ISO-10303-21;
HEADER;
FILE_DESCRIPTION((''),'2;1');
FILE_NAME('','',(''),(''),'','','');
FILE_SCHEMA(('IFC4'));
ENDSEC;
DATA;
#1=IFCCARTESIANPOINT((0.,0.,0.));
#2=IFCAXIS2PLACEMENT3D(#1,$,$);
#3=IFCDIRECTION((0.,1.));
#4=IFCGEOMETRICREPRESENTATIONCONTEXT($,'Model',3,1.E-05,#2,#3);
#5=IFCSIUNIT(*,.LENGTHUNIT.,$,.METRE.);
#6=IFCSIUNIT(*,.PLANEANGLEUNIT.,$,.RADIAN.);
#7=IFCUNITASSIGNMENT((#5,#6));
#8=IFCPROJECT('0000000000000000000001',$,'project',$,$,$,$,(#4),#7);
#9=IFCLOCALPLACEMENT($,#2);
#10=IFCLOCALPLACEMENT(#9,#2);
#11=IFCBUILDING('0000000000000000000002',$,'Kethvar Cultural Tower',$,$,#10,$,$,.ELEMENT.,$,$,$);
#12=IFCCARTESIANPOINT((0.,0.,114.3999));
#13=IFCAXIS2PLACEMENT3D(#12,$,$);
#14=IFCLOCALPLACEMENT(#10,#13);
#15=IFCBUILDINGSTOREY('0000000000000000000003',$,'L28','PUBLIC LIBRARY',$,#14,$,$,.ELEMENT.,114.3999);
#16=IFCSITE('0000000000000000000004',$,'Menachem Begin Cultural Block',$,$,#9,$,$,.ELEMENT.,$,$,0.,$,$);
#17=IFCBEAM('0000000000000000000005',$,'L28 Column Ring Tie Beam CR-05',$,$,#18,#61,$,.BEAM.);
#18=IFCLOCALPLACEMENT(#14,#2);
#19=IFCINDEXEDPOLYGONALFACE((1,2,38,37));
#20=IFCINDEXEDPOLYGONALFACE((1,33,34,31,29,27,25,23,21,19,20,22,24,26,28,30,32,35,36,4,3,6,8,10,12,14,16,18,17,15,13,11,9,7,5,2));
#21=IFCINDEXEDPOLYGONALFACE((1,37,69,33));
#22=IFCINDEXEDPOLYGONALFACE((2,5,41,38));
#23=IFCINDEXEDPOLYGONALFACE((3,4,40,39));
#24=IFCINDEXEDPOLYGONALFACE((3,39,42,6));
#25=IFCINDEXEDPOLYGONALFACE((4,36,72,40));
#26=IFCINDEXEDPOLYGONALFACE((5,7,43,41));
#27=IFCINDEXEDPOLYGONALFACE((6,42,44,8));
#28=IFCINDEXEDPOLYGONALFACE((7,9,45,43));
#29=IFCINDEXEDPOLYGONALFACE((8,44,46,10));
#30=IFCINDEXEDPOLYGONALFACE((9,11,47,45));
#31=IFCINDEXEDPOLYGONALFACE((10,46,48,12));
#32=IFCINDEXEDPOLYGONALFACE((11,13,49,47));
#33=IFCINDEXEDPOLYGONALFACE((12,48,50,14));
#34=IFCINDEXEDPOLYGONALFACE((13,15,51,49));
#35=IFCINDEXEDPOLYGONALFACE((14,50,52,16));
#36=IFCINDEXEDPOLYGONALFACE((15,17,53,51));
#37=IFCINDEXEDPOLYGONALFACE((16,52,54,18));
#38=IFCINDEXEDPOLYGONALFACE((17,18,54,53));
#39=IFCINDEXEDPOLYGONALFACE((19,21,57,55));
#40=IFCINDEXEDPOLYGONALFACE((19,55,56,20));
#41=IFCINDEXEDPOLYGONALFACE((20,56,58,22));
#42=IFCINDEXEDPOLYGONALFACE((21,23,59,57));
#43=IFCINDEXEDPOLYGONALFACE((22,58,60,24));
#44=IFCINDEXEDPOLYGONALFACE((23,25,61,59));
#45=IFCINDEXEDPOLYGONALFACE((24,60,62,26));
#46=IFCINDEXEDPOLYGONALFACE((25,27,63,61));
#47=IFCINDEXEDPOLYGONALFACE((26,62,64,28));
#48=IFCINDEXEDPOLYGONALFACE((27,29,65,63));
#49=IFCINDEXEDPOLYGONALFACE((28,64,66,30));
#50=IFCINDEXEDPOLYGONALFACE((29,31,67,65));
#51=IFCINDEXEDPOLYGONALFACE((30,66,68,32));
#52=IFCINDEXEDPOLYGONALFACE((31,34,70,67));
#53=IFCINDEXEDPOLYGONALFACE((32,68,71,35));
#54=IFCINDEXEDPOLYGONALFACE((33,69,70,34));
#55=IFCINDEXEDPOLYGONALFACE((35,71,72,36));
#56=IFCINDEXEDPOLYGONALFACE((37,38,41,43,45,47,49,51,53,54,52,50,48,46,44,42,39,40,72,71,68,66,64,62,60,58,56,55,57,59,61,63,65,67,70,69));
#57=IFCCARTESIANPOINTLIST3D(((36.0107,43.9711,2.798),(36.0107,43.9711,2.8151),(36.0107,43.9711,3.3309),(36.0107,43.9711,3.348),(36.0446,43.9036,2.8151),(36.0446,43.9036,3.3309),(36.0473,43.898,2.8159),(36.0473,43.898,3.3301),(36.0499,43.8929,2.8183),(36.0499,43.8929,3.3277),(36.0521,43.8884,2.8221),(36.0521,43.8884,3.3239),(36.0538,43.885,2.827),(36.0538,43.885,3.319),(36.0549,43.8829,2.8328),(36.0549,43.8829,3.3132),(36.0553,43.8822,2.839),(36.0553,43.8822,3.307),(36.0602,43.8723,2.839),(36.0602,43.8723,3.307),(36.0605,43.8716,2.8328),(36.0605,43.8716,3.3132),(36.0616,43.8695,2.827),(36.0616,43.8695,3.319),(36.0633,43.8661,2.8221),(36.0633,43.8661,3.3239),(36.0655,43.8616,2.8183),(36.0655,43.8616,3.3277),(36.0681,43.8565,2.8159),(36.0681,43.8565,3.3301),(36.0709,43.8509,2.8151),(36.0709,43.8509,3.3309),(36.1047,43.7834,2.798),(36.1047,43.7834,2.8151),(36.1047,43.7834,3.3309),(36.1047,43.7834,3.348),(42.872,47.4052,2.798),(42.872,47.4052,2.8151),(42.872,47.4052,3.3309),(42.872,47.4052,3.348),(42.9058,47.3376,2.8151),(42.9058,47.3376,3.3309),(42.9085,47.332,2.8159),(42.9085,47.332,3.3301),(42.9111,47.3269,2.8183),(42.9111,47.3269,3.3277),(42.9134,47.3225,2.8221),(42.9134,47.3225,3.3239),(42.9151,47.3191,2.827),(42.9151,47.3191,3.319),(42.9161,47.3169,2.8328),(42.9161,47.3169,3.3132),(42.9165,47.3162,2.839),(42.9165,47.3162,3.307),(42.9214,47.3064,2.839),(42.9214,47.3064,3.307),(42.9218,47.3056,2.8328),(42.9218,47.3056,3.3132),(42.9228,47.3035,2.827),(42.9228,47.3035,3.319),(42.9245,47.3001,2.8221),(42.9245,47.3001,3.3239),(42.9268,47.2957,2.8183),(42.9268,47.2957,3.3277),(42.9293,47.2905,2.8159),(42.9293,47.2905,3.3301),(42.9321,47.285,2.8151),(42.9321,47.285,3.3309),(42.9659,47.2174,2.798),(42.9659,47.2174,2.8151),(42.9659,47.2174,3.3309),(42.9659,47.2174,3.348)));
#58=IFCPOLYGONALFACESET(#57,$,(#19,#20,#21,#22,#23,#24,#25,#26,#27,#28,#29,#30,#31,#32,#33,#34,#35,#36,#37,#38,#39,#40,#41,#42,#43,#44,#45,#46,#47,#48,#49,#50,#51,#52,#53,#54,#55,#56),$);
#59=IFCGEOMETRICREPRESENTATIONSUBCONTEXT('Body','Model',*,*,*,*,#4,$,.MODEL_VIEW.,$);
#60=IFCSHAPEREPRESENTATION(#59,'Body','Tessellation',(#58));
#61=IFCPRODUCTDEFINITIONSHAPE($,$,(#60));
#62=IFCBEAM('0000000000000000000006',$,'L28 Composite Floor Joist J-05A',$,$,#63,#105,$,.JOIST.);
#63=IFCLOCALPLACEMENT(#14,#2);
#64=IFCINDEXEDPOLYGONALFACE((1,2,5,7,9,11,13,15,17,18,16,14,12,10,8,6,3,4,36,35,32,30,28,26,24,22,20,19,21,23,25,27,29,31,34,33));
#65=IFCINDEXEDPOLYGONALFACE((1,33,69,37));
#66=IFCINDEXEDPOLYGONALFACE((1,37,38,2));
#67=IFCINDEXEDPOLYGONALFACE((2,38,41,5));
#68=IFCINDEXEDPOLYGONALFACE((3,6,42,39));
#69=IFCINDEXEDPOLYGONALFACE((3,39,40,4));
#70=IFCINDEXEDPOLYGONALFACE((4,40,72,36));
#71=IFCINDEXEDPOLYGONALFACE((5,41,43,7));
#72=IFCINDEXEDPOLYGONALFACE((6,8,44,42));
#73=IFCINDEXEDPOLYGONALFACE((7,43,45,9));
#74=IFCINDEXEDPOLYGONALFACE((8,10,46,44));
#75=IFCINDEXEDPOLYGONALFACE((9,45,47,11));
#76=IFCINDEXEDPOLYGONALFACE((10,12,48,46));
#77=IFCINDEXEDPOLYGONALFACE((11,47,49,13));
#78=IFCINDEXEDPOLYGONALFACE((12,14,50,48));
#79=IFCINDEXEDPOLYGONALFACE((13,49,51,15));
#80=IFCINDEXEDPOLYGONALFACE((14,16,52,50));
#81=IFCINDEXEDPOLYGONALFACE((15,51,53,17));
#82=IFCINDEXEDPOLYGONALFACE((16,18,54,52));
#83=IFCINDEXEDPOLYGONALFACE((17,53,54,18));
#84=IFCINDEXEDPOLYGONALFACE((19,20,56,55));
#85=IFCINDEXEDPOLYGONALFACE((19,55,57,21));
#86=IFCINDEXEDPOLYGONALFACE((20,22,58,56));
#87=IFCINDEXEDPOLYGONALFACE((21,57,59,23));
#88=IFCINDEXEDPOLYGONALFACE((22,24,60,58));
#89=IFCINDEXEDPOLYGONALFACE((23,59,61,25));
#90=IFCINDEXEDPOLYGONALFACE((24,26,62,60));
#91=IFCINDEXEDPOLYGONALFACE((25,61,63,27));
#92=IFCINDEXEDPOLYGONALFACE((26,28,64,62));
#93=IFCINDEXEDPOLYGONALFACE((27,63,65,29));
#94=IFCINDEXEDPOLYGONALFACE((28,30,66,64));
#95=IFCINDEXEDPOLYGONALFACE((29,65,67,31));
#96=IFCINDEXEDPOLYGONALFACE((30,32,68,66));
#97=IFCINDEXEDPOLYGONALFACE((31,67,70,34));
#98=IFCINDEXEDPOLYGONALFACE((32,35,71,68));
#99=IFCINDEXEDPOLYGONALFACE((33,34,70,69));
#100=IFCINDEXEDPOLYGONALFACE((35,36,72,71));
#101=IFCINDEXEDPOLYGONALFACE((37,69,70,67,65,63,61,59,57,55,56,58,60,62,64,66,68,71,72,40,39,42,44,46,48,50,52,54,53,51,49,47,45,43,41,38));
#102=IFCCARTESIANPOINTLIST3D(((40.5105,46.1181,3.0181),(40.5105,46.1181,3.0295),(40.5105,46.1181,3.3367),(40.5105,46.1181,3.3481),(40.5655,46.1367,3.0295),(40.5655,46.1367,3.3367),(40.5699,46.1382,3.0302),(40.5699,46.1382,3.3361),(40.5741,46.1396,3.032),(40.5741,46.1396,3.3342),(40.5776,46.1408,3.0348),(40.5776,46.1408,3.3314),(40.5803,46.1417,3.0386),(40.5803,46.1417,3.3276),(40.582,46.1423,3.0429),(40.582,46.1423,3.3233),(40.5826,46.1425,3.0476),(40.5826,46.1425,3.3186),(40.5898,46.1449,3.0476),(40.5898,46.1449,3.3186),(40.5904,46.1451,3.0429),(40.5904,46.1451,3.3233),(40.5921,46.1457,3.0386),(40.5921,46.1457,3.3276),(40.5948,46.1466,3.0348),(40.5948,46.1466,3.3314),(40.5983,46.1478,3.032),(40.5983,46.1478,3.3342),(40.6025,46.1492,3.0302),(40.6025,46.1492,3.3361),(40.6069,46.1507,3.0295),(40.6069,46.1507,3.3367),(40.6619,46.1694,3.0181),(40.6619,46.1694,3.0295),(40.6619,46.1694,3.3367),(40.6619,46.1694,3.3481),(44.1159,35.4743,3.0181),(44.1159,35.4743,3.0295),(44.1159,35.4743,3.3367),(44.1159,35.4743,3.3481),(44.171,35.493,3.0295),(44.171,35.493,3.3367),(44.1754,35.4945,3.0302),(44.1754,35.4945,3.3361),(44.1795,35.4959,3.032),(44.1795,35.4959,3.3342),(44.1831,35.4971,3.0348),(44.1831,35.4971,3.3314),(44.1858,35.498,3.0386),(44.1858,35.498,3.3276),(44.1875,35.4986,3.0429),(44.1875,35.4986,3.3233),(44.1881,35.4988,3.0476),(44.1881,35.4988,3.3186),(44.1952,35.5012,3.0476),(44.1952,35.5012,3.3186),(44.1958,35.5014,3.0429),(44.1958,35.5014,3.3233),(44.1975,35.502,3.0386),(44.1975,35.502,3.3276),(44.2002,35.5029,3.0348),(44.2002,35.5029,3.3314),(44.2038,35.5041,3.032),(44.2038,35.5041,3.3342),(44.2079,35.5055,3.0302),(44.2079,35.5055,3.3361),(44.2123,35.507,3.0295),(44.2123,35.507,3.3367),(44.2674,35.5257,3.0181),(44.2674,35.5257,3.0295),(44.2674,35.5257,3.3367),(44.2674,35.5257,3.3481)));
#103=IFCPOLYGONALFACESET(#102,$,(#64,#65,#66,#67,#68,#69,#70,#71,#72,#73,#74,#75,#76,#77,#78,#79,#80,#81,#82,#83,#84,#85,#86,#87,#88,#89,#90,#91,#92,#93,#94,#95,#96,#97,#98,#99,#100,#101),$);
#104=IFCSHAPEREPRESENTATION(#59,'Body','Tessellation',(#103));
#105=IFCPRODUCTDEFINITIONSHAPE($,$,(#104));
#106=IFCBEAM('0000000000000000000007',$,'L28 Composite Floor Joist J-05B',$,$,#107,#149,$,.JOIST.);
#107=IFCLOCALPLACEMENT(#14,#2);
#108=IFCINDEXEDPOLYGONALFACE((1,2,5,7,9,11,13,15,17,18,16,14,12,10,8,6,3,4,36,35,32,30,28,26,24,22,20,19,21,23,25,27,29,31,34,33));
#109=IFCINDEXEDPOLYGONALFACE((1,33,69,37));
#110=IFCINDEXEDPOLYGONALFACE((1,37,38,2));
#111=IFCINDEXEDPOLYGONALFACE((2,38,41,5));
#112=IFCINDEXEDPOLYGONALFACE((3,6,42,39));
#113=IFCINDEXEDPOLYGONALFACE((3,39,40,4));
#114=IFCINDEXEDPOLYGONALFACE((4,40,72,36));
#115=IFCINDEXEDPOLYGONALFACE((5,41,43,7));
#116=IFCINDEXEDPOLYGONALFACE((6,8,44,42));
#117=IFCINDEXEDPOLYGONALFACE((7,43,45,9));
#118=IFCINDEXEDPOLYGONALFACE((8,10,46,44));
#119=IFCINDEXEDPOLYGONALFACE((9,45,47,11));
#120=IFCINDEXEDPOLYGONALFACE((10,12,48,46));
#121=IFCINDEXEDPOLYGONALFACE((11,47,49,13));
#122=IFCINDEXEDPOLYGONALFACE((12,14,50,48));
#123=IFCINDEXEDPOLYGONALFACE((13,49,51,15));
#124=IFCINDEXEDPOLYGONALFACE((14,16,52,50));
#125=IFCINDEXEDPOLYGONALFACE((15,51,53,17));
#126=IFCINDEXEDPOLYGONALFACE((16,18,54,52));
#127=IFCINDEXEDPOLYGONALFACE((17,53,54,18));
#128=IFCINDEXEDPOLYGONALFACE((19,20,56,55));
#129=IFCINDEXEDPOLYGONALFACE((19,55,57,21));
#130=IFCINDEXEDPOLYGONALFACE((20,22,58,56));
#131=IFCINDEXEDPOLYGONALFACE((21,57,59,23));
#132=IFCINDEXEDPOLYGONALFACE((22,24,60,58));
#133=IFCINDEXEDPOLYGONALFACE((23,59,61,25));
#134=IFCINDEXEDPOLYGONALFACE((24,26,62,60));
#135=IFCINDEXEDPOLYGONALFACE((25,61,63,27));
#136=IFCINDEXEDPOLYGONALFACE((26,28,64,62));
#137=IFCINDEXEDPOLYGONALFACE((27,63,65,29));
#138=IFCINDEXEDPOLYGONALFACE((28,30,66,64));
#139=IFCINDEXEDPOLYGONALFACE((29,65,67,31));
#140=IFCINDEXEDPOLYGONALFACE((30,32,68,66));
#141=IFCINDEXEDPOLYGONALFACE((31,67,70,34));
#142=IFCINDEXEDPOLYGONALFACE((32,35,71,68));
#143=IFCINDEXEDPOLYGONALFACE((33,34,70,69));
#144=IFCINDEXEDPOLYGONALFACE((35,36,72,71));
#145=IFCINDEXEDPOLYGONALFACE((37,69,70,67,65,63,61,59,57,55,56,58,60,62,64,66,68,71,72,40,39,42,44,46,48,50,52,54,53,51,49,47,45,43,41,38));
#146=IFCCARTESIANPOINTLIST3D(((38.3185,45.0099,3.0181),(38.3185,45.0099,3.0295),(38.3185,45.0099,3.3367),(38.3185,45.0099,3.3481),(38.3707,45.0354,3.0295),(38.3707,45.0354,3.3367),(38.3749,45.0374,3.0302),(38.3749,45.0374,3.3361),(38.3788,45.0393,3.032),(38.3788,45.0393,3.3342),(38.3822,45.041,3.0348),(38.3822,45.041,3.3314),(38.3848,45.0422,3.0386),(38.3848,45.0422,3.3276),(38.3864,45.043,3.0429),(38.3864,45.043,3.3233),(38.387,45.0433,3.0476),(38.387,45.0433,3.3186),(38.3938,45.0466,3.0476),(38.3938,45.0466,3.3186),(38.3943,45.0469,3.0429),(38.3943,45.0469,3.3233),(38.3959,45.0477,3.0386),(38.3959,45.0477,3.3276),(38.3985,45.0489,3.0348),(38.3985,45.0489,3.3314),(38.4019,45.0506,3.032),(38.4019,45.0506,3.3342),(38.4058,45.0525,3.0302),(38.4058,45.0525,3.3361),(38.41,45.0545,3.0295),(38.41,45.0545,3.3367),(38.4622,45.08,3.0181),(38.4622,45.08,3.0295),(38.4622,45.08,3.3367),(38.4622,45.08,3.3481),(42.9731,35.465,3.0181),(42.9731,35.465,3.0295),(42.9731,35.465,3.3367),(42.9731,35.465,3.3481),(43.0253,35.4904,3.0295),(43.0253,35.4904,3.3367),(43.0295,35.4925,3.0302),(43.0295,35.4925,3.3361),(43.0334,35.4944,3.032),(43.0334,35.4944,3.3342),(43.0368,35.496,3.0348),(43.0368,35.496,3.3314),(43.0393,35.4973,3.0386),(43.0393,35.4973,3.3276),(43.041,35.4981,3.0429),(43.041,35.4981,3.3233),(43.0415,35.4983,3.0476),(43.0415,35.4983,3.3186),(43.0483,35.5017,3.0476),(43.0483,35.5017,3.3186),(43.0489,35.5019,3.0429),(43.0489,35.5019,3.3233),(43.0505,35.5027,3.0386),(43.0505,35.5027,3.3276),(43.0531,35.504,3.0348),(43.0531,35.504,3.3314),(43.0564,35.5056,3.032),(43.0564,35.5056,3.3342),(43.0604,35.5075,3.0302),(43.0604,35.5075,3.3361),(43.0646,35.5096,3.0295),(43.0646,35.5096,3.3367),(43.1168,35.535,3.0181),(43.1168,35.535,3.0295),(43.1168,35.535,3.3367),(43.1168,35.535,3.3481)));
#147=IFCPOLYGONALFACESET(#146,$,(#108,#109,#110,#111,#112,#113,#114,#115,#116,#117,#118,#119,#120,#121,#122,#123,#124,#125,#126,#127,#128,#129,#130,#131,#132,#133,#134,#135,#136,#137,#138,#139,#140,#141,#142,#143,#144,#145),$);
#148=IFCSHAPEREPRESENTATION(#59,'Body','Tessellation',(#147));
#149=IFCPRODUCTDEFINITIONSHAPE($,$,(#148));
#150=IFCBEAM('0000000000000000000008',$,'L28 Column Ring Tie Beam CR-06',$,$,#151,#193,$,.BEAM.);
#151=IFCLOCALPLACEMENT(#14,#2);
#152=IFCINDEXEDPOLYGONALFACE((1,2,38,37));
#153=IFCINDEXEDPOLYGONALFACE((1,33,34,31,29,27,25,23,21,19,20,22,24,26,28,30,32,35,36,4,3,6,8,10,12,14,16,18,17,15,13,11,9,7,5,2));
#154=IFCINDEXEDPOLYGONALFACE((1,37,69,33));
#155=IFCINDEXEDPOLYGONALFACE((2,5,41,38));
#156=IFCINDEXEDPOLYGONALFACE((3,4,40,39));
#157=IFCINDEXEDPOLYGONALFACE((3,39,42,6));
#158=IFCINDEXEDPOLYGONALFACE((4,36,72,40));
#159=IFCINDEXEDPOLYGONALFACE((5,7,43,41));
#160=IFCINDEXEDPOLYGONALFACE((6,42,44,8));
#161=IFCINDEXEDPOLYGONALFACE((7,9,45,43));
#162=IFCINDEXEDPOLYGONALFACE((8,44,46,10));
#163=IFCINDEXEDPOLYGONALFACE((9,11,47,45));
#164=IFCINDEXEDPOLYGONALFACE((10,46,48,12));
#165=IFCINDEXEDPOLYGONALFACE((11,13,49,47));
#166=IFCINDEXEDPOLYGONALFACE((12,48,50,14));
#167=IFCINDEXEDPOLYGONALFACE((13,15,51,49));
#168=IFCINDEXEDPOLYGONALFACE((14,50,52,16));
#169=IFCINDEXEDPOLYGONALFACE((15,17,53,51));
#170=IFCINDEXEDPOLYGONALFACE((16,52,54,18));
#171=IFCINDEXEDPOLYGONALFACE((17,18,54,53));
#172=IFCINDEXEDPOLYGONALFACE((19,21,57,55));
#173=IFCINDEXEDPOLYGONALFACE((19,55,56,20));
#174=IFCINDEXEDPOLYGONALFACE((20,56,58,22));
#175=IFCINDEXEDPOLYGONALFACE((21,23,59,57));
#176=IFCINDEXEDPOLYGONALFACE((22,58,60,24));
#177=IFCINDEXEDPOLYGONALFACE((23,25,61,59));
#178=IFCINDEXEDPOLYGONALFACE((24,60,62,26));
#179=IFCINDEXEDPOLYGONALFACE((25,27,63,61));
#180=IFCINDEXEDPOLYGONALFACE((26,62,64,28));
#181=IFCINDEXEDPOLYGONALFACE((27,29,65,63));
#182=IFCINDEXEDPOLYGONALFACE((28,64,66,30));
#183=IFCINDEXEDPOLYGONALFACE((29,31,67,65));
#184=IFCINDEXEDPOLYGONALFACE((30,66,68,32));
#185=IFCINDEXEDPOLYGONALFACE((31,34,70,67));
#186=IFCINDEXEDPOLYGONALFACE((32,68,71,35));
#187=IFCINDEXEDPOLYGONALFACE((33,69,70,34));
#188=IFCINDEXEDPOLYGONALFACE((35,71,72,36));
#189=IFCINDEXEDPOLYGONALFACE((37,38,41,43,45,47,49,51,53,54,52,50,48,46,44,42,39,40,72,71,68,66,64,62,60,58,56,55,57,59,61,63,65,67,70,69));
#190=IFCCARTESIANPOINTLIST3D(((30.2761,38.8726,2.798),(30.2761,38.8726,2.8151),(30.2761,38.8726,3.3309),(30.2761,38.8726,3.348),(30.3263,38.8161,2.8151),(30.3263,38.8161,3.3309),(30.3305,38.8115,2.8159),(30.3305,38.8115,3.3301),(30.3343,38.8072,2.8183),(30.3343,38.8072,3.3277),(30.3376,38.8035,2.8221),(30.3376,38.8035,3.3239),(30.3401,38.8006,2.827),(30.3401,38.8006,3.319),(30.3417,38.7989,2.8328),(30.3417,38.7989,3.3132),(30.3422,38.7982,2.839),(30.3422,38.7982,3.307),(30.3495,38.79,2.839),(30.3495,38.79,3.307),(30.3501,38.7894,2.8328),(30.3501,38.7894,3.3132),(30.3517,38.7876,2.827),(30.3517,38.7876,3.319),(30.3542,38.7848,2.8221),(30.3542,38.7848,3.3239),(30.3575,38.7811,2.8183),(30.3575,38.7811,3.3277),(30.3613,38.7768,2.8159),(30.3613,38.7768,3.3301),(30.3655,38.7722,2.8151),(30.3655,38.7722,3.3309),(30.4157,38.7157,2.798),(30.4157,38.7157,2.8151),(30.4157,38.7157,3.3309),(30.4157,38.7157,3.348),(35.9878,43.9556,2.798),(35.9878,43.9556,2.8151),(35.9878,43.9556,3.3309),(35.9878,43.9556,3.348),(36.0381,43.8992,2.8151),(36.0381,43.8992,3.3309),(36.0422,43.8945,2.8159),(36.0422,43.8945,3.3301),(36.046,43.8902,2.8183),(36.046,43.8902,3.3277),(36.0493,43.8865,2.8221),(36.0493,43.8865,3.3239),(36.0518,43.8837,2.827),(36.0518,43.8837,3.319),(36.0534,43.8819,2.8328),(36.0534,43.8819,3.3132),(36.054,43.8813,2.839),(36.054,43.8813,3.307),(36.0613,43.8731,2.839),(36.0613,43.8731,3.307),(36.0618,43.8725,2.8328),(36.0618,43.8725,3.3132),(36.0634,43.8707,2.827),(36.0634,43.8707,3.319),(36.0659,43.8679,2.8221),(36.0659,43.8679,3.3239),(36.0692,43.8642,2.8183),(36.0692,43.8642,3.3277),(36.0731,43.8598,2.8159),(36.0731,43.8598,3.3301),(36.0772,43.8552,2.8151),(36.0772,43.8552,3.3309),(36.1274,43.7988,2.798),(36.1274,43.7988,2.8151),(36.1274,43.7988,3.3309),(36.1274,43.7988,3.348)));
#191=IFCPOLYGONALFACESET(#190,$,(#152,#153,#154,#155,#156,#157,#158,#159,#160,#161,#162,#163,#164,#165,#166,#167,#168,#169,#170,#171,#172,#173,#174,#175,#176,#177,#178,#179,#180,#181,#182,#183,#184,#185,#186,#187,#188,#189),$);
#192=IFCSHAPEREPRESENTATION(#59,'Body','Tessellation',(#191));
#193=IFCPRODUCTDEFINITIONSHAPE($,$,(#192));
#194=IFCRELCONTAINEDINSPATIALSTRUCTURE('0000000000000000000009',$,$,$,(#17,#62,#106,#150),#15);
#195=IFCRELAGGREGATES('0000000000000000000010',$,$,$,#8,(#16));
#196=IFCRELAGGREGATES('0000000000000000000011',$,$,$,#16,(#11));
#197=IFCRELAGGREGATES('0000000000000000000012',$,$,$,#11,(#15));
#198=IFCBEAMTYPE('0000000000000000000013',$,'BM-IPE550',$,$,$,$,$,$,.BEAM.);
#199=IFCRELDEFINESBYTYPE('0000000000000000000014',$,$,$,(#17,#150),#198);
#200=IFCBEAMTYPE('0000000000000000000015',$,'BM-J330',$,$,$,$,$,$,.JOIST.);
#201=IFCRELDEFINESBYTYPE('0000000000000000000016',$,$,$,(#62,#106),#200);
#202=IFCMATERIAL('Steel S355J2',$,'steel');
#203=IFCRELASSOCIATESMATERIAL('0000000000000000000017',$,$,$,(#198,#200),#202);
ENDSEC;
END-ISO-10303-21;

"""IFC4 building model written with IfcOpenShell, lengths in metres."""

from ifc_helpers import new_model, si_unit, direction, frame, origin, origin_2d, place, context, subcontext, project, spatial, i_section, extrude, source, transform, mapped, material, material_profile, profile_set, type_object, element, save


model = new_model("IFC4")

# Units and contexts
model_context = context("Model", 3, precision=1e-05, world=origin(), true_north=direction((0.0, 1.0)))
body_context = subcontext(model_context, "Body", "Model", "MODEL_VIEW")
ifc_project = project(units=[si_unit("LENGTHUNIT", "METRE"), si_unit("PLANEANGLEUNIT", "RADIAN")], contexts=[model_context])

# Site, building, storey
site_placement = place(None, origin())
site = spatial("IfcSite", under=ifc_project, at=site_placement, Name="Menachem Begin Cultural Block", CompositionType="ELEMENT", RefElevation=0.0)
building_placement = place(site_placement, origin())
building = spatial("IfcBuilding", under=site, at=building_placement, Name="Kethvar Cultural Tower", CompositionType="ELEMENT")
storey_placement = place(building_placement, frame((0.0, 0.0, 114.3999)))
storey = spatial("IfcBuildingStorey", under=building, at=storey_placement, Name="L28", Description="PUBLIC LIBRARY", CompositionType="ELEMENT", Elevation=114.3999)

# Beams
ifc_material_1 = material(Name="Steel S355J2", Category="steel")
ifc_material_profile_1 = material_profile(ifc_material_1, i_section(OverallWidth=0.21, OverallDepth=0.55, WebThickness=0.011, FlangeThickness=0.0171, FilletRadius=0.0239, at=origin_2d()), Name="Steel S355J2 — IPE550")
ifc_profile_set_1 = profile_set([ifc_material_profile_1], Name="Steel S355J2 — IPE550")
beam_type_1 = type_object("IfcBeamType", Name="BM-IPE550", PredefinedType="BEAM", material=ifc_profile_set_1)
ifc_material_profile_2 = material_profile(ifc_material_1, i_section(OverallWidth=0.1599, OverallDepth=0.3301, WebThickness=0.0076, FlangeThickness=0.0115, FilletRadius=0.0181, at=origin_2d()), Name="Steel S355J2 — IPE330")
ifc_profile_set_2 = profile_set([ifc_material_profile_2], Name="Steel S355J2 — IPE330")
beam_type_2 = type_object("IfcBeamType", Name="BM-J330", PredefinedType="JOIST", material=ifc_profile_set_2)
shared_shape_1 = source(origin(), body_context, "Body", "SweptSolid", [
    extrude(i_section(OverallWidth=0.21, OverallDepth=0.55, WebThickness=0.011, FlangeThickness=0.0171, FilletRadius=0.0239, at=origin_2d()), origin(), (0.0, 0.0, 1.0), 7.6726),
])
beam_1_placement = place(storey_placement, frame((42.9189, 47.3113, 3.073), z_axis=(-0.894249, -0.44757, 0.0), x_axis=(0.44757, -0.894249, 0.0)))
element("IfcBeam", 1, at=beam_1_placement, inside=storey, type_object=beam_type_1, Name="L28 Column Ring Tie Beam CR-05", PredefinedType="BEAM", context=body_context, shape_type="MappedRepresentation", body=[
    mapped(shared_shape_1, transform((0.0, 0.0, 0.0), scale=1.0)),
])
shared_shape_2 = source(origin(), body_context, "Body", "SweptSolid", [
    extrude(i_section(OverallWidth=0.1599, OverallDepth=0.3301, WebThickness=0.0076, FlangeThickness=0.0115, FilletRadius=0.0181, at=origin_2d()), origin(), (0.0, 0.0, 1.0), 11.2378),
])
beam_2_placement = place(storey_placement, frame((44.1917, 35.5, 3.1831), z_axis=(-0.320832, 0.947136, 0.0), x_axis=(-0.947136, -0.320832, 0.0)))
element("IfcBeam", 2, at=beam_2_placement, inside=storey, type_object=beam_type_2, Name="L28 Composite Floor Joist J-05A", PredefinedType="JOIST", context=body_context, shape_type="MappedRepresentation", body=[
    mapped(shared_shape_2, transform((0.0, 0.0, 0.0), scale=1.0)),
])
shared_shape_3 = source(origin(), body_context, "Body", "SweptSolid", [
    extrude(i_section(OverallWidth=0.1599, OverallDepth=0.3301, WebThickness=0.0076, FlangeThickness=0.0115, FilletRadius=0.0181, at=origin_2d()), origin(), (0.0, 0.0, 1.0), 10.6194),
])
beam_3_placement = place(storey_placement, frame((43.0449, 35.5, 3.1831), z_axis=(-0.438308, 0.898825, 0.0), x_axis=(-0.898825, -0.438308, 0.0)))
element("IfcBeam", 3, at=beam_3_placement, inside=storey, type_object=beam_type_2, Name="L28 Composite Floor Joist J-05B", PredefinedType="JOIST", context=body_context, shape_type="MappedRepresentation", body=[
    mapped(shared_shape_3, transform((0.0, 0.0, 0.0), scale=1.0)),
])
shared_shape_4 = source(origin(), body_context, "Body", "SweptSolid", [
    extrude(i_section(OverallWidth=0.21, OverallDepth=0.55, WebThickness=0.011, FlangeThickness=0.0171, FilletRadius=0.0239, at=origin_2d()), origin(), (0.0, 0.0, 1.0), 7.646),
])
beam_4_placement = place(storey_placement, frame((36.0576, 43.8772, 3.073), z_axis=(-0.747022, -0.6648, 0.0), x_axis=(0.6648, -0.747022, 0.0)))
element("IfcBeam", 4, at=beam_4_placement, inside=storey, type_object=beam_type_1, Name="L28 Column Ring Tie Beam CR-06", PredefinedType="BEAM", context=body_context, shape_type="MappedRepresentation", body=[
    mapped(shared_shape_4, transform((0.0, 0.0, 0.0), scale=1.0)),
])

save(model, "model.ifc")
